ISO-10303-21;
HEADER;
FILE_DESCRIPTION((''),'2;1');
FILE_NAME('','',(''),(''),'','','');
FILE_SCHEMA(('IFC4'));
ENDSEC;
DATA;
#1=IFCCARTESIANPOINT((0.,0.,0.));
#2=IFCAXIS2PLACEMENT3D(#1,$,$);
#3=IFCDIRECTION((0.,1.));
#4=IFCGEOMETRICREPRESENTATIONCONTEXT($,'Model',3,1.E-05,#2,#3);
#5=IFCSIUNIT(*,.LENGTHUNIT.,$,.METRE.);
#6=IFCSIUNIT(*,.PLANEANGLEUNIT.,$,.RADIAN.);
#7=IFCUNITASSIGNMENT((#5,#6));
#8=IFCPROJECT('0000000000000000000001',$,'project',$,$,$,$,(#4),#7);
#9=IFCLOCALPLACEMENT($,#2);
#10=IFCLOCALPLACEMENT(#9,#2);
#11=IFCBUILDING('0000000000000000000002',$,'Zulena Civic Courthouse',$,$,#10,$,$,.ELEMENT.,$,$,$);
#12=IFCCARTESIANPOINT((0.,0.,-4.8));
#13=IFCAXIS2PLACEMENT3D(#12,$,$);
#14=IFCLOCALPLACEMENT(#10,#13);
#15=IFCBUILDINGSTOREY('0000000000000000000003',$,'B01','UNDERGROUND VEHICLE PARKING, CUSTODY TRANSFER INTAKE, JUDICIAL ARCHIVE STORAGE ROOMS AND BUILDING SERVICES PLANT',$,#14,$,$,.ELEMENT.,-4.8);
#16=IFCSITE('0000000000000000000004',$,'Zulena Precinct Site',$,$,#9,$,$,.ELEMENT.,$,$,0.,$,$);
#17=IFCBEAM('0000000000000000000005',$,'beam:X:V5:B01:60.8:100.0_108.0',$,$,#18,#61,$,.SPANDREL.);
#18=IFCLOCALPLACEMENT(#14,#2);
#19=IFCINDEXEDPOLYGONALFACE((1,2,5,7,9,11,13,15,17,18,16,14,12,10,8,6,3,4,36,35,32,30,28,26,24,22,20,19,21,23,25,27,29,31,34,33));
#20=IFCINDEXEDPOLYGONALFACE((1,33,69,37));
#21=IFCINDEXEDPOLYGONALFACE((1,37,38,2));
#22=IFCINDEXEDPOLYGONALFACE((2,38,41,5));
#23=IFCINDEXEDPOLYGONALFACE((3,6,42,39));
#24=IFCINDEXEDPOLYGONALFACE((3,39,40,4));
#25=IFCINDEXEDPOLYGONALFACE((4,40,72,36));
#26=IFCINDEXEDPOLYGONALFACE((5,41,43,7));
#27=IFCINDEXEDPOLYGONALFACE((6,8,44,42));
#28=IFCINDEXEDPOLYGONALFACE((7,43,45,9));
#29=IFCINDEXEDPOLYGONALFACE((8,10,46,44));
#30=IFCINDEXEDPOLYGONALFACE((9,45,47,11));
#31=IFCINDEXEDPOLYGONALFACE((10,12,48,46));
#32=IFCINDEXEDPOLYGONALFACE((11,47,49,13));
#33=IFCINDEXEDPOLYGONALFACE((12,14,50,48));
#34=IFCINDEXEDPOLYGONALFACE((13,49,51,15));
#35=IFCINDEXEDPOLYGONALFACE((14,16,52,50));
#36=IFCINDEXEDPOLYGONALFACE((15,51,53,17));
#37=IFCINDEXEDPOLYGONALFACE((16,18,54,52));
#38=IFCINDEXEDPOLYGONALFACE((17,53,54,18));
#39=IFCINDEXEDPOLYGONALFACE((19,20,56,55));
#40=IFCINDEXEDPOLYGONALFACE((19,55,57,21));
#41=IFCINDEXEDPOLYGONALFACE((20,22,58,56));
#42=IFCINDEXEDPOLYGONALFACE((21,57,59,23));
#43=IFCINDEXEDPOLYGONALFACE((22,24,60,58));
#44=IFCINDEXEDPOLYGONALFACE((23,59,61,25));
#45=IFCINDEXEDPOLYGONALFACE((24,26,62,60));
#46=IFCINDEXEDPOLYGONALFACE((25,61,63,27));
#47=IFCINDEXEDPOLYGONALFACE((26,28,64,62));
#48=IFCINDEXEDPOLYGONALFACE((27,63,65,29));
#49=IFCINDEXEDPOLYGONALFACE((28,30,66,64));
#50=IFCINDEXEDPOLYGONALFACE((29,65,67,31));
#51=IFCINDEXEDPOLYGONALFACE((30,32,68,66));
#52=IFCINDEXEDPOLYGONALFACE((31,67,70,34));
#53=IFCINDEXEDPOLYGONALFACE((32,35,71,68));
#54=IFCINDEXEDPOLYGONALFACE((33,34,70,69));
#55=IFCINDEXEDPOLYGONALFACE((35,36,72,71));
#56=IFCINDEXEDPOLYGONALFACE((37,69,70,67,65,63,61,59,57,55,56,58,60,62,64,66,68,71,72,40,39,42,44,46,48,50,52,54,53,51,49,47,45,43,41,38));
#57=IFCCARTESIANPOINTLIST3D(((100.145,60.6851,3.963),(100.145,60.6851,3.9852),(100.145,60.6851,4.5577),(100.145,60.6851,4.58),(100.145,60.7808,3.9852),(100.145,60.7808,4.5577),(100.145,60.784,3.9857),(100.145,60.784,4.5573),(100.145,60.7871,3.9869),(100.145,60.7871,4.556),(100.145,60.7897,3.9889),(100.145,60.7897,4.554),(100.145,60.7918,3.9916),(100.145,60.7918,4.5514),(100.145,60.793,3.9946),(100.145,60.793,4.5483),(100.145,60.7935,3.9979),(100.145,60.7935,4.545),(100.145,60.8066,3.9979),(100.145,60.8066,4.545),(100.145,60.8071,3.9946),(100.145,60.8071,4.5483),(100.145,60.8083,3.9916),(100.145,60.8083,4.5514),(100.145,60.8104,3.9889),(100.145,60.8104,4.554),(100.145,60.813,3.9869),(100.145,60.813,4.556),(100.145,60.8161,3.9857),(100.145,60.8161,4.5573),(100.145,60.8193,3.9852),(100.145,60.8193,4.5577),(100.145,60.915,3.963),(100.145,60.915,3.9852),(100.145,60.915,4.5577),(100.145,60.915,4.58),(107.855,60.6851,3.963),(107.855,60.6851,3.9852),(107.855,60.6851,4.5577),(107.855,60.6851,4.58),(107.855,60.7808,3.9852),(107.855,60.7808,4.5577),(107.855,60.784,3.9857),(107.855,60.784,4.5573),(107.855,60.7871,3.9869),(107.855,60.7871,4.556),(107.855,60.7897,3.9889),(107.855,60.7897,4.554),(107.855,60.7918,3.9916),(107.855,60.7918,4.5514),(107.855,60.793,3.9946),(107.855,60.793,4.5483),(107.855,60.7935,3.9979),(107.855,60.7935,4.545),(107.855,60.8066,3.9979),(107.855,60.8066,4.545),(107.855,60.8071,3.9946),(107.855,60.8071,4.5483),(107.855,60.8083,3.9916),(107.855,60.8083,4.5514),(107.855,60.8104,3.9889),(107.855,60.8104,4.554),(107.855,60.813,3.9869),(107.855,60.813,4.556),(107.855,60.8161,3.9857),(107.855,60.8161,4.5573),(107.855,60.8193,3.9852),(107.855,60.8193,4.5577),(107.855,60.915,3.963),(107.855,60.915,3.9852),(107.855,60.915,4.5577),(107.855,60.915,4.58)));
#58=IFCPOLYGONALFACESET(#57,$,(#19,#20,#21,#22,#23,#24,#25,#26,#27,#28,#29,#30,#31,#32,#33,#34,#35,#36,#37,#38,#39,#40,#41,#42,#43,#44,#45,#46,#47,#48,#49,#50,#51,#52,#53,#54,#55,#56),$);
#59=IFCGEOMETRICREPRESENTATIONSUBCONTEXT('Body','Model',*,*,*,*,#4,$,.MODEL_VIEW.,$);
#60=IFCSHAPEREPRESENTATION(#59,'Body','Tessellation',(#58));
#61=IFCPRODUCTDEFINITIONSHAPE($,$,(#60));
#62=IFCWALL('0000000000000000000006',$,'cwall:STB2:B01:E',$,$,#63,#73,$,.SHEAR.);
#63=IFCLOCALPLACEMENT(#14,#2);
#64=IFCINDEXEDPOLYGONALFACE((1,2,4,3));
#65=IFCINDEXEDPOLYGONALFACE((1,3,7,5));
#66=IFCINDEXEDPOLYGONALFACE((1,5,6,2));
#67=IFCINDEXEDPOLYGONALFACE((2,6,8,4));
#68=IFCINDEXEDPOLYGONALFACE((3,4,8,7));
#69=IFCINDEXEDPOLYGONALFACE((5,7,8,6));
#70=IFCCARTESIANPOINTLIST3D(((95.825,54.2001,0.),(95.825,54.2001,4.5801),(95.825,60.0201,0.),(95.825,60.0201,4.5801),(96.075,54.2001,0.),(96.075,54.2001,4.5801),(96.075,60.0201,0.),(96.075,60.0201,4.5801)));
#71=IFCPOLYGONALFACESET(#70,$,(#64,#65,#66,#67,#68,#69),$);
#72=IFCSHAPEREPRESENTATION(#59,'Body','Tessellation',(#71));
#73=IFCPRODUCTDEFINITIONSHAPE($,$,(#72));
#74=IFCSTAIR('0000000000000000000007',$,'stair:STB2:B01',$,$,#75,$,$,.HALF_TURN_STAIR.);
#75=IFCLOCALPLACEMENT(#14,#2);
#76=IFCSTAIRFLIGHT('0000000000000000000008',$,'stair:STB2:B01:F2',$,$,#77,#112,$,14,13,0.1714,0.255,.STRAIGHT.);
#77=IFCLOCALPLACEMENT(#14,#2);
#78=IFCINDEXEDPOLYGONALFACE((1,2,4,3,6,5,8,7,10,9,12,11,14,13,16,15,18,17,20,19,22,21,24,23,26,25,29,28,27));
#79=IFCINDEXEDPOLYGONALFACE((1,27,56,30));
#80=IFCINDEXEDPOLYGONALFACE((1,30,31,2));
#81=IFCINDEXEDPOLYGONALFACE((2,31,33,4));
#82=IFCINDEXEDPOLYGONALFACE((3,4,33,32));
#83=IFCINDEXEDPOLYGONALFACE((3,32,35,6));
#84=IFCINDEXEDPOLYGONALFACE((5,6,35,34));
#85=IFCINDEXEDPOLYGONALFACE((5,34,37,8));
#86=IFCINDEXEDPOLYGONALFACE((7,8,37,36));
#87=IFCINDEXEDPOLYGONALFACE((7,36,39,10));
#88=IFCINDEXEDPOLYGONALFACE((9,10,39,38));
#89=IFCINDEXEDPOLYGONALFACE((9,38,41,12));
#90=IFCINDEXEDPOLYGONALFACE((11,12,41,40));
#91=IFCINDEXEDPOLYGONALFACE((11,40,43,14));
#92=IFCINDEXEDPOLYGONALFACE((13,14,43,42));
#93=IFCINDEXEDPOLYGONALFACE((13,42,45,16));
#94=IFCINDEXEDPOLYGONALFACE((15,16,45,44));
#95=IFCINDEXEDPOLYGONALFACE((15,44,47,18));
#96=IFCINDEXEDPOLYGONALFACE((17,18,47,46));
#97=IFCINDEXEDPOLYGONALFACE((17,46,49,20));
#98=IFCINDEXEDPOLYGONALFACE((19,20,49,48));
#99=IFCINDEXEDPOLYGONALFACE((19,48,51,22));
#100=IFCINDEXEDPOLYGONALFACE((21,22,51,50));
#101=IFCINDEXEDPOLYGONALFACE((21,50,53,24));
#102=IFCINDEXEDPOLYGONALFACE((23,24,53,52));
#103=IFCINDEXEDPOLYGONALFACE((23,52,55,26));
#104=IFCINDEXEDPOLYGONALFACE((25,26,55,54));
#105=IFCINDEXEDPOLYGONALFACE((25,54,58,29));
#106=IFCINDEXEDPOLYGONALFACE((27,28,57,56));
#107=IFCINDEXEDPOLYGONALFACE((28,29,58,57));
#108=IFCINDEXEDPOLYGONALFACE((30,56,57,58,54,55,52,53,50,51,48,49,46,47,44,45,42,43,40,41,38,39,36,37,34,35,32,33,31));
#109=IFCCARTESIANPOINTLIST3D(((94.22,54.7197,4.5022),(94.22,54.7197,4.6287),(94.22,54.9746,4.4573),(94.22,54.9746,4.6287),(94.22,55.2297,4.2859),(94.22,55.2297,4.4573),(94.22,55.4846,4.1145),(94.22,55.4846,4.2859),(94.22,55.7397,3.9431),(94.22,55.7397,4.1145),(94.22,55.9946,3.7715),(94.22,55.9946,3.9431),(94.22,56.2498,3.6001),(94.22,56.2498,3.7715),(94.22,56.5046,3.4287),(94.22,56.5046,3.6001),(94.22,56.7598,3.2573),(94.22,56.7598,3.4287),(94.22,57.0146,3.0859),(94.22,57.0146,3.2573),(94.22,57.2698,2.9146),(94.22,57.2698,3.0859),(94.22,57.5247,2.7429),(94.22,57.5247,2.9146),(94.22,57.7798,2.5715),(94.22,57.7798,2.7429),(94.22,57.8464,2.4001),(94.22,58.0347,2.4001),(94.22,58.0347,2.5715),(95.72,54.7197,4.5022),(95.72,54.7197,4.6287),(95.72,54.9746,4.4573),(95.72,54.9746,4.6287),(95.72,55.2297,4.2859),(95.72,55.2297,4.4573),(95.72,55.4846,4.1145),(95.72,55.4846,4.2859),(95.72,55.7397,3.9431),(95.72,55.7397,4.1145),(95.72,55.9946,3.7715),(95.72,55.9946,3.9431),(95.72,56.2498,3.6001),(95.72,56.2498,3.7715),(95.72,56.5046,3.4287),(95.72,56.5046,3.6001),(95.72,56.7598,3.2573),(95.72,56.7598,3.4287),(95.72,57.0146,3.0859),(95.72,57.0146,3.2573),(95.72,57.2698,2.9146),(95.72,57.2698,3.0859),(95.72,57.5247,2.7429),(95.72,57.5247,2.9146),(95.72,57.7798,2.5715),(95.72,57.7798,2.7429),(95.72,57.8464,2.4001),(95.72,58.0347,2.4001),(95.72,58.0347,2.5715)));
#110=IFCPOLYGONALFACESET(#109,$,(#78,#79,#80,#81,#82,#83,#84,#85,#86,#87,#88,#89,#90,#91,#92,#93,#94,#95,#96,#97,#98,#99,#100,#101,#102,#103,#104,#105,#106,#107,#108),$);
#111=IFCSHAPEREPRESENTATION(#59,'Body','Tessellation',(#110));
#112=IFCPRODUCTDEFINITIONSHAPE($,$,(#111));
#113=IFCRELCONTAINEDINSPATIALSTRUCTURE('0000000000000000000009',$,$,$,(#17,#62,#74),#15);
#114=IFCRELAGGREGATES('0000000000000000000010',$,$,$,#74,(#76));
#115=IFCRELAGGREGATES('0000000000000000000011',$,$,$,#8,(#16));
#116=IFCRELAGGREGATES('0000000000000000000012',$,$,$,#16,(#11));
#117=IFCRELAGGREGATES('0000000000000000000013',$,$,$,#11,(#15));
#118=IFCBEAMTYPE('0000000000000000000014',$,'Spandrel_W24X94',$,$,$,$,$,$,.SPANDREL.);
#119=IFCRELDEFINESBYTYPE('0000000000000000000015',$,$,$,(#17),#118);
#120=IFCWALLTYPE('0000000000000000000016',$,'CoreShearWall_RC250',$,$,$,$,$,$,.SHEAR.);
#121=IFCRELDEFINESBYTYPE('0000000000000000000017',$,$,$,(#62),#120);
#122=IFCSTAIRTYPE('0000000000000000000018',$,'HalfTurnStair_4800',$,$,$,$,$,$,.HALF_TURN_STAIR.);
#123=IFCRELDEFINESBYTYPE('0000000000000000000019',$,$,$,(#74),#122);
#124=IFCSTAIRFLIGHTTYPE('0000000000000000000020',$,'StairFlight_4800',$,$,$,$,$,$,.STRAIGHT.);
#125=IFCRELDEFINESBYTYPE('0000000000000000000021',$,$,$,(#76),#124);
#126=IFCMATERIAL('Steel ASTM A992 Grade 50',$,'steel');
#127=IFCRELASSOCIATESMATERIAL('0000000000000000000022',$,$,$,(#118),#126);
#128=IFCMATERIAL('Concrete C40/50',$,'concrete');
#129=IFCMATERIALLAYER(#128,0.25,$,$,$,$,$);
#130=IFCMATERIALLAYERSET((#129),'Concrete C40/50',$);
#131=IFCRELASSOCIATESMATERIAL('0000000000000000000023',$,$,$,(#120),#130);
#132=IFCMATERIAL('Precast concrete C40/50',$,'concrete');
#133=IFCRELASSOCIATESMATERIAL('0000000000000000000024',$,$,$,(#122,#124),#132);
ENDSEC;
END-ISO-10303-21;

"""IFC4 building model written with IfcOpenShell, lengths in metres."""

from ifc_helpers import new_model, si_unit, direction, frame, frame_2d, origin, origin_2d, place, context, subcontext, project, spatial, polyline, rectangle, i_section, outline, extrude, material, layer, layer_set, material_profile, profile_set, type_object, element, aggregate, save


model = new_model("IFC4")

# Units and contexts
model_context = context("Model", 3, precision=1e-05, world=origin(), true_north=direction((0.0, 1.0)))
body_context = subcontext(model_context, "Body", "Model", "MODEL_VIEW")
ifc_project = project(units=[si_unit("LENGTHUNIT", "METRE"), si_unit("PLANEANGLEUNIT", "RADIAN")], contexts=[model_context])

# Site, building, storey
site_placement = place(None, origin())
site = spatial("IfcSite", under=ifc_project, at=site_placement, Name="Zulena Precinct Site", CompositionType="ELEMENT", RefElevation=0.0)
building_placement = place(site_placement, origin())
building = spatial("IfcBuilding", under=site, at=building_placement, Name="Zulena Civic Courthouse", CompositionType="ELEMENT")
storey_placement = place(building_placement, frame((0.0, 0.0, -4.8)))
storey = spatial("IfcBuildingStorey", under=building, at=storey_placement, Name="B01", Description="UNDERGROUND VEHICLE PARKING, CUSTODY TRANSFER INTAKE, JUDICIAL ARCHIVE STORAGE ROOMS AND BUILDING SERVICES PLANT", CompositionType="ELEMENT", Elevation=-4.8)

# Shared definitions
ifc_material_1 = material(Name="Concrete C40/50", Category="concrete")

# Shared definitions
ifc_material_2 = material(Name="Steel ASTM A992 Grade 50", Category="steel")

# Beam
ifc_material_profile_1 = material_profile(ifc_material_2, i_section(OverallWidth=0.23, OverallDepth=0.6169, WebThickness=0.0132, FlangeThickness=0.0222, FilletRadius=0.0127, at=origin_2d()), Name="W24X94")
ifc_profile_set_1 = profile_set([ifc_material_profile_1], Name="Steel ASTM A992 Grade 50")
beam_type_1 = type_object("IfcBeamType", Name="Spandrel_W24X94", PredefinedType="SPANDREL", material=ifc_profile_set_1)
beam_1_placement = place(storey_placement, frame((100.145, 60.8, 4.2715), z_axis=(1.0, 0.0, 0.0), x_axis=(0.0, 1.0, 0.0)))
element("IfcBeam", 1, at=beam_1_placement, inside=storey, type_object=beam_type_1, Name="beam:X:V5:B01:60.8:100.0_108.0", PredefinedType="SPANDREL", context=body_context, shape_type="SweptSolid", body=[
    extrude(i_section(OverallWidth=0.23, OverallDepth=0.6169, WebThickness=0.0132, FlangeThickness=0.0222, FilletRadius=0.0127, at=origin_2d()), origin(), (0.0, 0.0, 1.0), 7.71),
])

# Wall
ifc_layer = layer(ifc_material_1, 0.25)
ifc_layer_set = layer_set([ifc_layer], Name="Concrete C40/50")
wall_type = type_object("IfcWallType", Name="CoreShearWall_RC250", PredefinedType="SHEAR", material=ifc_layer_set)
wall_placement = place(storey_placement, frame((95.95, 54.2, 0.0), z_axis=(0.0, 0.0, 1.0), x_axis=(0.0, 1.0, 0.0)))
element("IfcWall", 2, at=wall_placement, inside=storey, type_object=wall_type, Name="cwall:STB2:B01:E", PredefinedType="SHEAR", context=body_context, shape_type="SweptSolid", body=[
    extrude(rectangle(XDim=5.8201, YDim=0.25, at=frame_2d((2.9102, 0.0))), origin(), (0.0, 0.0, 1.0), 4.5801),
])

# Stair, stair flight
ifc_material_3 = material(Name="Precast concrete C40/50", Category="concrete")
stair_type = type_object("IfcStairType", Name="HalfTurnStair_4800", PredefinedType="HALF_TURN_STAIR", material=ifc_material_3)
stair_placement = place(storey_placement, origin())
stair = element("IfcStair", 3, at=stair_placement, inside=storey, type_object=stair_type, Name="stair:STB2:B01", PredefinedType="HALF_TURN_STAIR")
stair_flight_type = type_object("IfcStairFlightType", Name="StairFlight_4800", PredefinedType="STRAIGHT", material=ifc_material_3)
stair_flight_placement = place(storey_placement, frame((94.97, 58.0347, 2.4001), z_axis=(0.0, 0.0, 1.0), x_axis=(0.0, -1.0, 0.0)))
stair_flight = element("IfcStairFlight", 4, at=stair_flight_placement, type_object=stair_flight_type, Name="stair:STB2:B01:F2", NumberOfRisers=14, NumberOfTreads=13, PredefinedType="STRAIGHT", RiserHeight=0.1714, TreadLength=0.255, context=body_context, shape_type="SweptSolid", body=[
    extrude(outline(polyline([(0.0, 0.0), (0.0, 0.1714), (0.2549, 0.1714), (0.2549, 0.3428), (0.51, 0.3428), (0.51, 0.5144), (0.7649, 0.5144), (0.7649, 0.6858), (1.02, 0.6858), (1.02, 0.8572), (1.2749, 0.8572), (1.2749, 1.0286), (1.53, 1.0286), (1.53, 1.2), (1.7849, 1.2), (1.7849, 1.3713), (2.04, 1.3713), (2.04, 1.543), (2.2949, 1.543), (2.2949, 1.7144), (2.55, 1.7144), (2.55, 1.8857), (2.8049, 1.8857), (2.8049, 2.0571), (3.0601, 2.0571), (3.0601, 2.2285), (3.3149, 2.2285), (3.3149, 2.3999), (3.3149, 2.1021), (0.1882, 0.0), (0.0, 0.0)])), frame((0.0, 0.75, 0.0), z_axis=(0.0, -1.0, 0.0), x_axis=(1.0, 0.0, 0.0)), (0.0, 0.0, 1.0), 1.5),
])
aggregate(stair, [stair_flight])

save(model, "model.ifc")
